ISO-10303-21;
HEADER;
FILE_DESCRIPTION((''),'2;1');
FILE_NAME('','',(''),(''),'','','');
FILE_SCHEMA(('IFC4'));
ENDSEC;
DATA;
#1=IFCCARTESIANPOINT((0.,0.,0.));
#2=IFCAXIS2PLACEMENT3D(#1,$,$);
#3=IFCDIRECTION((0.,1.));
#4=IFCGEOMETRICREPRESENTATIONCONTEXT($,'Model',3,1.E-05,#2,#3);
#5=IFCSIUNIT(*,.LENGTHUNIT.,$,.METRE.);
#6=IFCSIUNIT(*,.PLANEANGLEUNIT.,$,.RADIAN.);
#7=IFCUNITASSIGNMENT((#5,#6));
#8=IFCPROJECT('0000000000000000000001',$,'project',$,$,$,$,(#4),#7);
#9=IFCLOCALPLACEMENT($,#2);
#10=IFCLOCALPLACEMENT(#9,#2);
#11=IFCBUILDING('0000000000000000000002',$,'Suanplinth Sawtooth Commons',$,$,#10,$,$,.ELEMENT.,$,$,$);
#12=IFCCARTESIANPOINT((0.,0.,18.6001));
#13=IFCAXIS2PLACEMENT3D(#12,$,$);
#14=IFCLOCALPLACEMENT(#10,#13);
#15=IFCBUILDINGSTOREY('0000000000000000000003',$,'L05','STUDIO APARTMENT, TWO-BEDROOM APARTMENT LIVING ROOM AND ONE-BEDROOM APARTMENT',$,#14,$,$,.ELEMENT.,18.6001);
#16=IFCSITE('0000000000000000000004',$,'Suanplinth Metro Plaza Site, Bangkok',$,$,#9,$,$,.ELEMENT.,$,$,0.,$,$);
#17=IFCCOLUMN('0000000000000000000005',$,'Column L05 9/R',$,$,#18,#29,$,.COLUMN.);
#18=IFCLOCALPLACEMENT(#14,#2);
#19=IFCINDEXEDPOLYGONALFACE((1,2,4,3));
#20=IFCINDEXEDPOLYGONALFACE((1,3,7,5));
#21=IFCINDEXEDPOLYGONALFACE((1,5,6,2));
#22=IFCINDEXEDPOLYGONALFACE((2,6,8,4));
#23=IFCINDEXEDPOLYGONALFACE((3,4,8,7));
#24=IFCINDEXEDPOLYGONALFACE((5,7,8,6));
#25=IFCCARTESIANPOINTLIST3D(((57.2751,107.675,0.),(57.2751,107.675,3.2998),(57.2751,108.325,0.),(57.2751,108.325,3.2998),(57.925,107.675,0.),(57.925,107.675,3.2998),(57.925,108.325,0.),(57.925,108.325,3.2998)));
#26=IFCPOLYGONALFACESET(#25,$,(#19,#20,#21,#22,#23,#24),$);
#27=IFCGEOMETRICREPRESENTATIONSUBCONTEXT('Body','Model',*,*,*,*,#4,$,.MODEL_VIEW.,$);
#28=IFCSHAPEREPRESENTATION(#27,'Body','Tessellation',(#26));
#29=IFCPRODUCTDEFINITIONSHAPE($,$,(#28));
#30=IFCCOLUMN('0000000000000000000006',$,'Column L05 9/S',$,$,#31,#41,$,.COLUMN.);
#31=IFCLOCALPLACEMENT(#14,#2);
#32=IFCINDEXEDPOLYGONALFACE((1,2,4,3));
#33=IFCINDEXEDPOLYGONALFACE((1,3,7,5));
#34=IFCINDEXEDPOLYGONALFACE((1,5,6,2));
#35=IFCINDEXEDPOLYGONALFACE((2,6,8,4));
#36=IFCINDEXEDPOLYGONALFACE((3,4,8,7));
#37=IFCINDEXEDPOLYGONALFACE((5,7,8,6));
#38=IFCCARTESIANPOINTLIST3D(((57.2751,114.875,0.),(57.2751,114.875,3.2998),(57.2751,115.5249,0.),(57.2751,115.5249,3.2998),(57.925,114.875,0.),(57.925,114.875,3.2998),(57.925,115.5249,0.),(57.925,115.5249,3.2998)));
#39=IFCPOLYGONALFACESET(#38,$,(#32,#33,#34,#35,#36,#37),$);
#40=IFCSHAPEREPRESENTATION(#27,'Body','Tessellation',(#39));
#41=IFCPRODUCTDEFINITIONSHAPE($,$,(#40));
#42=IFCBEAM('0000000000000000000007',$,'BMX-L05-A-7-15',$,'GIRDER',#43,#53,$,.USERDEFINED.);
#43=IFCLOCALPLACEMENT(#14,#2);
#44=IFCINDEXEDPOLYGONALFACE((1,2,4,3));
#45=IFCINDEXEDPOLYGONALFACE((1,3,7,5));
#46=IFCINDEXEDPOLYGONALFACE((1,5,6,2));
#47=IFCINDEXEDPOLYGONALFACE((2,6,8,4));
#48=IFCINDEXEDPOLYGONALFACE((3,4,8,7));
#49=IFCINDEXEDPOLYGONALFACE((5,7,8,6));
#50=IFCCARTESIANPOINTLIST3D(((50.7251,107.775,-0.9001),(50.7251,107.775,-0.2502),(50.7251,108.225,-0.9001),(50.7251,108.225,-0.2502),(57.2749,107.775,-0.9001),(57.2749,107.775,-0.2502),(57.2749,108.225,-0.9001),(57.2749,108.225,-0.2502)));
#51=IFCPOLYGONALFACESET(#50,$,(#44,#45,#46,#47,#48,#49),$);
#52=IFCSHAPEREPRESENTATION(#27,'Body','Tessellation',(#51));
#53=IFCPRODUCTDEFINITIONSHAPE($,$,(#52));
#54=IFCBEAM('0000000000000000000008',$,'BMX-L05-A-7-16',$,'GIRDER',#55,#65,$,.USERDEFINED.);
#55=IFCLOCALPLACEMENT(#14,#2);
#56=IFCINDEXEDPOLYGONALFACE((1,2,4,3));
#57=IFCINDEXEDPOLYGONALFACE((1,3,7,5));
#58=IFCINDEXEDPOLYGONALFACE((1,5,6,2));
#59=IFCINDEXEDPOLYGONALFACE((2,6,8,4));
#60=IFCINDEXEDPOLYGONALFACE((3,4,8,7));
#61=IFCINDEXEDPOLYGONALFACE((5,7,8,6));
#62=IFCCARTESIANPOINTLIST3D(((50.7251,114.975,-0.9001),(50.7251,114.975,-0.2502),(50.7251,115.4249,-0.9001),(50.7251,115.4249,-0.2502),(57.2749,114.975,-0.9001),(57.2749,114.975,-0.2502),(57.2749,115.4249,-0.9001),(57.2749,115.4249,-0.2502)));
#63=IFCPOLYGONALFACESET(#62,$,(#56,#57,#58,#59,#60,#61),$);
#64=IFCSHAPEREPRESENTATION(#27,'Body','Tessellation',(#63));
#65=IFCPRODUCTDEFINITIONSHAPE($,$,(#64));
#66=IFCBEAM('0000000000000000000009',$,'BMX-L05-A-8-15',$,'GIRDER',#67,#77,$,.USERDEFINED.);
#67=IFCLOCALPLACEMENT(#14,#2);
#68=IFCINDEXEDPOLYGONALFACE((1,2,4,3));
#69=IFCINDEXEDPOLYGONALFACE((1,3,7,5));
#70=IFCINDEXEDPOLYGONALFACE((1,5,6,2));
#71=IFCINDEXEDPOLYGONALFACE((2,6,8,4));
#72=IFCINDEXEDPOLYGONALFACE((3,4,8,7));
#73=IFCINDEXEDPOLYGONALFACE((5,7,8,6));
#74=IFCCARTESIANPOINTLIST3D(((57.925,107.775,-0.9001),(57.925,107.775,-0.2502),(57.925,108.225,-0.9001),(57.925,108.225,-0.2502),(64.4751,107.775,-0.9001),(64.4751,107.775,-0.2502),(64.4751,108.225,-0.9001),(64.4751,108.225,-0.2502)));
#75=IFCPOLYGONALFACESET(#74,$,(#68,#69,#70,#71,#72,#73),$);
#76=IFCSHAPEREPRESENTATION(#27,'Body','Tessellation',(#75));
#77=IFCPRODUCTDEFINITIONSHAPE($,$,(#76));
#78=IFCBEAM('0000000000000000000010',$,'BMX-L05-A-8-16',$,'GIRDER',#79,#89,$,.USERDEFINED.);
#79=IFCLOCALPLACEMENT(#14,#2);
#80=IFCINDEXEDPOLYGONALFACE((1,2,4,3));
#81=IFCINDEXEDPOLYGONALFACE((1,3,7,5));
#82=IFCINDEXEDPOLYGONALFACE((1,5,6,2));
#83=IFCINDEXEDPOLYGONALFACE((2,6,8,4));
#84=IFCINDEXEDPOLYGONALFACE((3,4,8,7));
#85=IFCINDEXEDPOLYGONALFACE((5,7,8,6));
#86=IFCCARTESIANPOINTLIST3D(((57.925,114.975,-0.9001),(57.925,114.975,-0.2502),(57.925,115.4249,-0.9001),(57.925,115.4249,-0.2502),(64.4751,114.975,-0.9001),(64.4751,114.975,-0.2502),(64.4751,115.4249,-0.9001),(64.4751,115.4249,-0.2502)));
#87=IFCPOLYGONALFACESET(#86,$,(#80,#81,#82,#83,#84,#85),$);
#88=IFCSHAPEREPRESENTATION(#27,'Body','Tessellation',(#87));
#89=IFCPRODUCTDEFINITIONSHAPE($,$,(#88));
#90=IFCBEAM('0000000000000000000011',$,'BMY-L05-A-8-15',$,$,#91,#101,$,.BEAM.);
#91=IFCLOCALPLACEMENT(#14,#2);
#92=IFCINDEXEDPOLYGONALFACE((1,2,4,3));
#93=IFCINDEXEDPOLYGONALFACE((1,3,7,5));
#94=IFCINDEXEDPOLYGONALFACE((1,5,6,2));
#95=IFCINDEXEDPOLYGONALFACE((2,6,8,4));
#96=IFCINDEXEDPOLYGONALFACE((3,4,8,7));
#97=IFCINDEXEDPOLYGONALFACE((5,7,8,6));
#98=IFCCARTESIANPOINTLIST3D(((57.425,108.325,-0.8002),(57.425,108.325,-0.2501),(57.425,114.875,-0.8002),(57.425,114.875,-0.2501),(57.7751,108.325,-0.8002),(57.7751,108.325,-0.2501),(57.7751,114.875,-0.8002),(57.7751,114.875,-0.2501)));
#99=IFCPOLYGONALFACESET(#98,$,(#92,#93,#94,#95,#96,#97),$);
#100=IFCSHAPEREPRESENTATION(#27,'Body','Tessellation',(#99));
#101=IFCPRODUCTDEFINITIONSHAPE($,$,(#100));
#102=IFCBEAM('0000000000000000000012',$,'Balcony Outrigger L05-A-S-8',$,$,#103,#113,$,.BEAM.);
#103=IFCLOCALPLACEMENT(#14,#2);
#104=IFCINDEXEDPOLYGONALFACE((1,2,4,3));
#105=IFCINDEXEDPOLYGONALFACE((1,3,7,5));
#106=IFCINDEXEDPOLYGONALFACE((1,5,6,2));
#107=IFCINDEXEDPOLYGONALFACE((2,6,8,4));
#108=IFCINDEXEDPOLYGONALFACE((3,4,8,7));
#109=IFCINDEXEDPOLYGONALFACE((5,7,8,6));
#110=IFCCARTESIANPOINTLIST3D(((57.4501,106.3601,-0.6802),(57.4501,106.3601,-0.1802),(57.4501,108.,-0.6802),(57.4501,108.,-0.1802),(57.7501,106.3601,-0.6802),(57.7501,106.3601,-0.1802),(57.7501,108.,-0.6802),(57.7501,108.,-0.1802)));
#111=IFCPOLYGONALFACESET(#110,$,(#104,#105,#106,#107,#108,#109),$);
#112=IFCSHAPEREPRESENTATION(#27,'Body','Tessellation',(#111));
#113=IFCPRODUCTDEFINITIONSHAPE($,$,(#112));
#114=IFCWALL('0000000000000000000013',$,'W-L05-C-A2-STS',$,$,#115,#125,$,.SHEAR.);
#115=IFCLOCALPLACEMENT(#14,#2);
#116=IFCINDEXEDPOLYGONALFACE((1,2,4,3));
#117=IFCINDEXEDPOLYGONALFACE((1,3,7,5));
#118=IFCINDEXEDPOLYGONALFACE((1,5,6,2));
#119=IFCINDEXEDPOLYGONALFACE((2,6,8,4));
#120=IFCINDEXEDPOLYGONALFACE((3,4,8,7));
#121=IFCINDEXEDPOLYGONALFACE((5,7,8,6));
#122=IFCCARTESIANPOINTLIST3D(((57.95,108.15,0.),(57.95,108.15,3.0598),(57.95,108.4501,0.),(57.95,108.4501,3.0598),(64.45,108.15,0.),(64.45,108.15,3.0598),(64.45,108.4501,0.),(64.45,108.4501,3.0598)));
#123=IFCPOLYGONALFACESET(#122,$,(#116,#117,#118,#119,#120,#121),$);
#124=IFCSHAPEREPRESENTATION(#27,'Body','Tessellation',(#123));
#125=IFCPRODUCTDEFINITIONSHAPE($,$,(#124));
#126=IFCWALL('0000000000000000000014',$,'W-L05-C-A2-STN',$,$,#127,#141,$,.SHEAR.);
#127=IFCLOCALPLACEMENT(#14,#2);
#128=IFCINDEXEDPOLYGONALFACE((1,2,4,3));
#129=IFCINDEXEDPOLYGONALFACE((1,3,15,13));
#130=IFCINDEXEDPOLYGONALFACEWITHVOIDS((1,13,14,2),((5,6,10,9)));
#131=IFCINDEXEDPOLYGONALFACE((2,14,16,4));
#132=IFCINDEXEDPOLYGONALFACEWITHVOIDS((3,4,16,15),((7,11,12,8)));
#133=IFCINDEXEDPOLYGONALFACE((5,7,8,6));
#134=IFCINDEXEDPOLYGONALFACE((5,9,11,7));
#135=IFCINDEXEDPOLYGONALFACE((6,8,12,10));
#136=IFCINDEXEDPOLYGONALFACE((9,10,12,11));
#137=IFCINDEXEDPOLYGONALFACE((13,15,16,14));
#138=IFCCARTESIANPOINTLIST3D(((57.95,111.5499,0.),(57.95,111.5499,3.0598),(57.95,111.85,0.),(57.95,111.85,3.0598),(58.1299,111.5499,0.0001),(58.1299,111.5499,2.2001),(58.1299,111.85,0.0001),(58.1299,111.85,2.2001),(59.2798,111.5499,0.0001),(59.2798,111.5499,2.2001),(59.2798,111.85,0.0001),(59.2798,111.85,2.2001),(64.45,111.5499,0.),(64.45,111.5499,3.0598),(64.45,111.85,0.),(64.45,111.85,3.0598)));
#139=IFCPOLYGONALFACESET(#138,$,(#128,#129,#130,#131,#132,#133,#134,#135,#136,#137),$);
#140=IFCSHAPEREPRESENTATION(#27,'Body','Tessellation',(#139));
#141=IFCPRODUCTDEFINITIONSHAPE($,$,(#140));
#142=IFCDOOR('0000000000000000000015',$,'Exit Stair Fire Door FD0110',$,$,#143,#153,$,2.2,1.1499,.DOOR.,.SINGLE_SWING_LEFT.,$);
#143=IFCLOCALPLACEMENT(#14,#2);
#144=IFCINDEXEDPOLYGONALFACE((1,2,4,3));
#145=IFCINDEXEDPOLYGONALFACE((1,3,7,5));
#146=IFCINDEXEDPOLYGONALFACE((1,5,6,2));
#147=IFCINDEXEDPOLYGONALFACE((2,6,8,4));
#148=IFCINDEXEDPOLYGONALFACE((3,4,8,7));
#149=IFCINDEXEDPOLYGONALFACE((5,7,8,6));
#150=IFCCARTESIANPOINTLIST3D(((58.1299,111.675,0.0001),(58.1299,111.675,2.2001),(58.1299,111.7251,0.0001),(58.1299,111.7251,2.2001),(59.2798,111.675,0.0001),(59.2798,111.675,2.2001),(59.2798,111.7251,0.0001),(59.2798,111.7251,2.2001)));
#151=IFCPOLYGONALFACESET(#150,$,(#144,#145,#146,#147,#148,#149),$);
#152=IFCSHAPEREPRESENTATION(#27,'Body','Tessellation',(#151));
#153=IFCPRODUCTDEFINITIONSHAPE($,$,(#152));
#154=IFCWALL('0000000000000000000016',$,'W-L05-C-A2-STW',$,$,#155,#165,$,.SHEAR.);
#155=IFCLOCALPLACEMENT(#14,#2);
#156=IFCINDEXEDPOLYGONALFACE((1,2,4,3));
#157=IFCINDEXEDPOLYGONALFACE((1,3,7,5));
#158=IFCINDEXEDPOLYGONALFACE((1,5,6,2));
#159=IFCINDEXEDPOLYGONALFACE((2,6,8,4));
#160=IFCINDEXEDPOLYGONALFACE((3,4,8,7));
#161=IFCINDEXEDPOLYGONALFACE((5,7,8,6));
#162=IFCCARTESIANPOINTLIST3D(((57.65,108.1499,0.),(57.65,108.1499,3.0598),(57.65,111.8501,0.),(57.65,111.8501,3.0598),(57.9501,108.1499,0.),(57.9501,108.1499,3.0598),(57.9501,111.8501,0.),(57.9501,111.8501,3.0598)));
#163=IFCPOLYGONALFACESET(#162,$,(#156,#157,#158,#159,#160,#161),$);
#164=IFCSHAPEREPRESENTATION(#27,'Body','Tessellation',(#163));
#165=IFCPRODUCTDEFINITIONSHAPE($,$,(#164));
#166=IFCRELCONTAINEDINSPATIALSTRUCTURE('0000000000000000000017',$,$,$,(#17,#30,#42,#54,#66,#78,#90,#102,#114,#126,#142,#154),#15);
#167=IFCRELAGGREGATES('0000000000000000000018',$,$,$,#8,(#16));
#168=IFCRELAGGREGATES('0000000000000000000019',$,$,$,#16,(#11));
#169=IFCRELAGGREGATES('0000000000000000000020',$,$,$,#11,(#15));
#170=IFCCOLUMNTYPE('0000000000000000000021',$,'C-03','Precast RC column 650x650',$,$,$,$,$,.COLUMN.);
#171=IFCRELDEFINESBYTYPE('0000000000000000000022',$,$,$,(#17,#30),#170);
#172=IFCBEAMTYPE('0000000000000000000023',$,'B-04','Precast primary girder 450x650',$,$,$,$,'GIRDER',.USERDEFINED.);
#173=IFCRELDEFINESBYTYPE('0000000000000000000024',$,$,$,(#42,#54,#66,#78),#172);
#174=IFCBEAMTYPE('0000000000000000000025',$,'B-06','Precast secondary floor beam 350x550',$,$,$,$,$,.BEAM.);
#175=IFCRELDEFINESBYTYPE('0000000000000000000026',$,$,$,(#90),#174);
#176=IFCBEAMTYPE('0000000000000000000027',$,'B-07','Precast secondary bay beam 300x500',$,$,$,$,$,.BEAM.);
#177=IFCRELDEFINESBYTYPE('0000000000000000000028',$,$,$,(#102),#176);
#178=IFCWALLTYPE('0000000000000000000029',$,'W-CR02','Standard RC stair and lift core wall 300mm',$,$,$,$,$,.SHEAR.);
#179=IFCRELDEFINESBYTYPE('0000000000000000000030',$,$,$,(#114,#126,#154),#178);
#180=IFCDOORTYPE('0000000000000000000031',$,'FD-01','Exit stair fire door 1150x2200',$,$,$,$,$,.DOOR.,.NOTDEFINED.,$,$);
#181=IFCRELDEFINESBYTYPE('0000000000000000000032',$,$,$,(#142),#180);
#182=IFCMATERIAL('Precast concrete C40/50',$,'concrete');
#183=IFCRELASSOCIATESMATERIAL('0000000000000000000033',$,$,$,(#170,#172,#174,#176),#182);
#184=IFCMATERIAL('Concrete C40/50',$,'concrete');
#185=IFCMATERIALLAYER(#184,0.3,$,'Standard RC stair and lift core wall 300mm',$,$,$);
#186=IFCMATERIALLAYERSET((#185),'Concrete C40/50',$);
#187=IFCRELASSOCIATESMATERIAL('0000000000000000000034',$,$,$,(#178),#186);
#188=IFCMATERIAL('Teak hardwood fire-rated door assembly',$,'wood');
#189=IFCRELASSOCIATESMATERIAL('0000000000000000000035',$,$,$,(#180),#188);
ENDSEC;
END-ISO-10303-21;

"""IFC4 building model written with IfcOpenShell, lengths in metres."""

from ifc_helpers import new_model, si_unit, direction, frame, frame_2d, origin, origin_2d, place, context, subcontext, project, spatial, rectangle, extrude, material, layer, layer_set, material_profile, profile_set, type_object, element, fill, save


model = new_model("IFC4")

# Units and contexts
model_context = context("Model", 3, precision=1e-05, world=origin(), true_north=direction((0.0, 1.0)))
body_context = subcontext(model_context, "Body", "Model", "MODEL_VIEW")
ifc_project = project(units=[si_unit("LENGTHUNIT", "METRE"), si_unit("PLANEANGLEUNIT", "RADIAN")], contexts=[model_context])

# Site, building, storey
site_placement = place(None, origin())
site = spatial("IfcSite", under=ifc_project, at=site_placement, Name="Suanplinth Metro Plaza Site, Bangkok", CompositionType="ELEMENT", RefElevation=0.0)
building_placement = place(site_placement, origin())
building = spatial("IfcBuilding", under=site, at=building_placement, Name="Suanplinth Sawtooth Commons", CompositionType="ELEMENT")
storey_placement = place(building_placement, frame((0.0, 0.0, 18.6001)))
storey = spatial("IfcBuildingStorey", under=building, at=storey_placement, Name="L05", Description="STUDIO APARTMENT, TWO-BEDROOM APARTMENT LIVING ROOM AND ONE-BEDROOM APARTMENT", CompositionType="ELEMENT", Elevation=18.6001)

# Columns
ifc_material_1 = material(Name="Precast concrete C40/50", Category="concrete")
ifc_material_profile_1 = material_profile(ifc_material_1, rectangle(XDim=0.6499, YDim=0.6499, at=origin_2d()), Name="PC-COL 650x650")
ifc_profile_set_1 = profile_set([ifc_material_profile_1], Name="Precast concrete C40/50")
column_type = type_object("IfcColumnType", Name="C-03", Description="Precast RC column 650x650", PredefinedType="COLUMN", material=ifc_profile_set_1)
for number, where, z_axis, x_axis, name in (
    (1, (57.6001, 108.0, 0.0), (0.0, 0.0, 1.0), (1.0, 0.0, 0.0), "Column L05 9/R"),
    (2, (57.6001, 115.2, 0.0), (0.0, 0.0, 1.0), (1.0, 0.0, 0.0), "Column L05 9/S"),
):
    element("IfcColumn", number, at=place(storey_placement, frame(where, z_axis=z_axis, x_axis=x_axis)), inside=storey, type_object=column_type, Name=name, PredefinedType="COLUMN", context=body_context, shape_type="SweptSolid", body=[
        extrude(rectangle(XDim=0.6499, YDim=0.6499, at=origin_2d()), origin(), (0.0, 0.0, 1.0), 3.2998),
    ])

# Beams
ifc_material_profile_2 = material_profile(ifc_material_1, rectangle(XDim=0.45, YDim=0.6499, at=origin_2d()), Name="PC-GDR 450x650")
ifc_profile_set_2 = profile_set([ifc_material_profile_2], Name="Precast concrete C40/50")
beam_type_1 = type_object("IfcBeamType", Name="B-04", Description="Precast primary girder 450x650", ElementType="GIRDER", PredefinedType="USERDEFINED", material=ifc_profile_set_2)
for number, where, z_axis, x_axis, name in (
    (3, (50.7251, 108.0, -0.5752), (1.0, 0.0, 0.0), (0.0, 1.0, 0.0), "BMX-L05-A-7-15"),
    (4, (50.7251, 115.2, -0.5752), (1.0, 0.0, 0.0), (0.0, 1.0, 0.0), "BMX-L05-A-7-16"),
):
    element("IfcBeam", number, at=place(storey_placement, frame(where, z_axis=z_axis, x_axis=x_axis)), inside=storey, type_object=beam_type_1, Name=name, ObjectType="GIRDER", PredefinedType="USERDEFINED", context=body_context, shape_type="SweptSolid", body=[
        extrude(rectangle(XDim=0.45, YDim=0.6499, at=origin_2d()), origin(), (0.0, 0.0, 1.0), 6.5498),
    ])
for number, where, z_axis, x_axis, name in (
    (5, (57.925, 108.0, -0.5752), (1.0, 0.0, 0.0), (0.0, 1.0, 0.0), "BMX-L05-A-8-15"),
    (6, (57.925, 115.2, -0.5752), (1.0, 0.0, 0.0), (0.0, 1.0, 0.0), "BMX-L05-A-8-16"),
):
    element("IfcBeam", number, at=place(storey_placement, frame(where, z_axis=z_axis, x_axis=x_axis)), inside=storey, type_object=beam_type_1, Name=name, ObjectType="GIRDER", PredefinedType="USERDEFINED", context=body_context, shape_type="SweptSolid", body=[
        extrude(rectangle(XDim=0.45, YDim=0.6499, at=origin_2d()), origin(), (0.0, 0.0, 1.0), 6.55),
    ])
ifc_material_profile_3 = material_profile(ifc_material_1, rectangle(XDim=0.3501, YDim=0.55, at=origin_2d()), Name="PC-BM 350x550")
ifc_profile_set_3 = profile_set([ifc_material_profile_3], Name="Precast concrete C40/50")
beam_type_2 = type_object("IfcBeamType", Name="B-06", Description="Precast secondary floor beam 350x550", PredefinedType="BEAM", material=ifc_profile_set_3)
beam_1_placement = place(storey_placement, frame((57.6001, 108.325, -0.5251), z_axis=(0.0, 1.0, 0.0), x_axis=(-1.0, 0.0, 0.0)))
element("IfcBeam", 7, at=beam_1_placement, inside=storey, type_object=beam_type_2, Name="BMY-L05-A-8-15", PredefinedType="BEAM", context=body_context, shape_type="SweptSolid", body=[
    extrude(rectangle(XDim=0.3501, YDim=0.55, at=origin_2d()), origin(), (0.0, 0.0, 1.0), 6.55),
])
ifc_material_profile_4 = material_profile(ifc_material_1, rectangle(XDim=0.3, YDim=0.5, at=origin_2d()), Name="PC-BM 300x500")
ifc_profile_set_4 = profile_set([ifc_material_profile_4], Name="Precast concrete C40/50")
beam_type_3 = type_object("IfcBeamType", Name="B-07", Description="Precast secondary bay beam 300x500", PredefinedType="BEAM", material=ifc_profile_set_4)
beam_2_placement = place(storey_placement, frame((57.6001, 108.0, -0.4302), z_axis=(0.0, -1.0, 0.0), x_axis=(1.0, 0.0, 0.0)))
element("IfcBeam", 8, at=beam_2_placement, inside=storey, type_object=beam_type_3, Name="Balcony Outrigger L05-A-S-8", PredefinedType="BEAM", context=body_context, shape_type="SweptSolid", body=[
    extrude(rectangle(XDim=0.3, YDim=0.5, at=origin_2d()), origin(), (0.0, 0.0, 1.0), 1.6399),
])

# Wall
ifc_material_2 = material(Name="Concrete C40/50", Category="concrete")
ifc_layer_1 = layer(ifc_material_2, 0.3, Name="Standard RC stair and lift core wall 300mm")
ifc_layer_set_1 = layer_set([ifc_layer_1], Name="Concrete C40/50")
wall_type_1 = type_object("IfcWallType", Name="W-CR02", Description="Standard RC stair and lift core wall 300mm", PredefinedType="SHEAR", material=ifc_layer_set_1)
wall_1_placement = place(storey_placement, frame((57.95, 108.3, 0.0), z_axis=(0.0, 0.0, 1.0), x_axis=(1.0, 0.0, 0.0)))
element("IfcWall", 9, at=wall_1_placement, inside=storey, type_object=wall_type_1, Name="W-L05-C-A2-STS", PredefinedType="SHEAR", context=body_context, shape_type="SweptSolid", body=[
    extrude(rectangle(XDim=6.5, YDim=0.3, at=frame_2d((3.25, 0.0))), origin(), (0.0, 0.0, 1.0), 3.0598),
])

# Wall, opening, door
wall_2_placement = place(storey_placement, frame((57.95, 111.7, 0.0), z_axis=(0.0, 0.0, 1.0), x_axis=(1.0, 0.0, 0.0)))
wall_2 = element("IfcWall", 10, at=wall_2_placement, inside=storey, type_object=wall_type_1, Name="W-L05-C-A2-STN", PredefinedType="SHEAR", context=body_context, shape_type="SweptSolid", body=[
    extrude(rectangle(XDim=6.5, YDim=0.3, at=frame_2d((3.25, 0.0))), origin(), (0.0, 0.0, 1.0), 3.0598),
])
opening_1_placement = place(wall_2_placement, frame((0.1799, 0.0, 0.0)))
opening_1 = element("IfcOpeningElement", 11, at=opening_1_placement, cuts=wall_2, PredefinedType="OPENING", context=body_context, shape_type="SweptSolid", body=[
    extrude(rectangle(XDim=1.1499, YDim=2.2, at=frame_2d((0.575, 1.1001))), frame((0.0, 0.165, 0.0), z_axis=(0.0, -1.0, 0.0), x_axis=(1.0, 0.0, 0.0)), (0.0, 0.0, 1.0), 0.3298),
])
ifc_material_3 = material(Name="Teak hardwood fire-rated door assembly", Category="wood")
door_type_1 = type_object("IfcDoorType", Name="FD-01", Description="Exit stair fire door 1150x2200", OperationType="NOTDEFINED", PredefinedType="DOOR", material=ifc_material_3)
door_1_placement = place(opening_1_placement, frame((1.1499, 0.0, 0.0), z_axis=(0.0, 0.0, 1.0), x_axis=(-1.0, 0.0, 0.0)))
door_1 = element("IfcDoor", 12, at=door_1_placement, inside=storey, type_object=door_type_1, Name="Exit Stair Fire Door FD0110", OperationType="SINGLE_SWING_LEFT", OverallHeight=2.2, OverallWidth=1.1499, PredefinedType="DOOR", context=body_context, shape_type="SweptSolid", body=[
    extrude(rectangle(XDim=1.1499, YDim=2.2, at=frame_2d((0.575, 1.1001))), frame((0.0, 0.0249, 0.0), z_axis=(0.0, -1.0, 0.0), x_axis=(1.0, 0.0, 0.0)), (0.0, 0.0, 1.0), 0.05),
])
fill(opening_1, door_1)

# Wall
wall_3_placement = place(storey_placement, frame((57.8, 108.1499, 0.0), z_axis=(0.0, 0.0, 1.0), x_axis=(0.0, 1.0, 0.0)))
element("IfcWall", 13, at=wall_3_placement, inside=storey, type_object=wall_type_1, Name="W-L05-C-A2-STW", PredefinedType="SHEAR", context=body_context, shape_type="SweptSolid", body=[
    extrude(rectangle(XDim=3.7002, YDim=0.3, at=frame_2d((1.8501, 0.0))), origin(), (0.0, 0.0, 1.0), 3.0598),
])

save(model, "model.ifc")
